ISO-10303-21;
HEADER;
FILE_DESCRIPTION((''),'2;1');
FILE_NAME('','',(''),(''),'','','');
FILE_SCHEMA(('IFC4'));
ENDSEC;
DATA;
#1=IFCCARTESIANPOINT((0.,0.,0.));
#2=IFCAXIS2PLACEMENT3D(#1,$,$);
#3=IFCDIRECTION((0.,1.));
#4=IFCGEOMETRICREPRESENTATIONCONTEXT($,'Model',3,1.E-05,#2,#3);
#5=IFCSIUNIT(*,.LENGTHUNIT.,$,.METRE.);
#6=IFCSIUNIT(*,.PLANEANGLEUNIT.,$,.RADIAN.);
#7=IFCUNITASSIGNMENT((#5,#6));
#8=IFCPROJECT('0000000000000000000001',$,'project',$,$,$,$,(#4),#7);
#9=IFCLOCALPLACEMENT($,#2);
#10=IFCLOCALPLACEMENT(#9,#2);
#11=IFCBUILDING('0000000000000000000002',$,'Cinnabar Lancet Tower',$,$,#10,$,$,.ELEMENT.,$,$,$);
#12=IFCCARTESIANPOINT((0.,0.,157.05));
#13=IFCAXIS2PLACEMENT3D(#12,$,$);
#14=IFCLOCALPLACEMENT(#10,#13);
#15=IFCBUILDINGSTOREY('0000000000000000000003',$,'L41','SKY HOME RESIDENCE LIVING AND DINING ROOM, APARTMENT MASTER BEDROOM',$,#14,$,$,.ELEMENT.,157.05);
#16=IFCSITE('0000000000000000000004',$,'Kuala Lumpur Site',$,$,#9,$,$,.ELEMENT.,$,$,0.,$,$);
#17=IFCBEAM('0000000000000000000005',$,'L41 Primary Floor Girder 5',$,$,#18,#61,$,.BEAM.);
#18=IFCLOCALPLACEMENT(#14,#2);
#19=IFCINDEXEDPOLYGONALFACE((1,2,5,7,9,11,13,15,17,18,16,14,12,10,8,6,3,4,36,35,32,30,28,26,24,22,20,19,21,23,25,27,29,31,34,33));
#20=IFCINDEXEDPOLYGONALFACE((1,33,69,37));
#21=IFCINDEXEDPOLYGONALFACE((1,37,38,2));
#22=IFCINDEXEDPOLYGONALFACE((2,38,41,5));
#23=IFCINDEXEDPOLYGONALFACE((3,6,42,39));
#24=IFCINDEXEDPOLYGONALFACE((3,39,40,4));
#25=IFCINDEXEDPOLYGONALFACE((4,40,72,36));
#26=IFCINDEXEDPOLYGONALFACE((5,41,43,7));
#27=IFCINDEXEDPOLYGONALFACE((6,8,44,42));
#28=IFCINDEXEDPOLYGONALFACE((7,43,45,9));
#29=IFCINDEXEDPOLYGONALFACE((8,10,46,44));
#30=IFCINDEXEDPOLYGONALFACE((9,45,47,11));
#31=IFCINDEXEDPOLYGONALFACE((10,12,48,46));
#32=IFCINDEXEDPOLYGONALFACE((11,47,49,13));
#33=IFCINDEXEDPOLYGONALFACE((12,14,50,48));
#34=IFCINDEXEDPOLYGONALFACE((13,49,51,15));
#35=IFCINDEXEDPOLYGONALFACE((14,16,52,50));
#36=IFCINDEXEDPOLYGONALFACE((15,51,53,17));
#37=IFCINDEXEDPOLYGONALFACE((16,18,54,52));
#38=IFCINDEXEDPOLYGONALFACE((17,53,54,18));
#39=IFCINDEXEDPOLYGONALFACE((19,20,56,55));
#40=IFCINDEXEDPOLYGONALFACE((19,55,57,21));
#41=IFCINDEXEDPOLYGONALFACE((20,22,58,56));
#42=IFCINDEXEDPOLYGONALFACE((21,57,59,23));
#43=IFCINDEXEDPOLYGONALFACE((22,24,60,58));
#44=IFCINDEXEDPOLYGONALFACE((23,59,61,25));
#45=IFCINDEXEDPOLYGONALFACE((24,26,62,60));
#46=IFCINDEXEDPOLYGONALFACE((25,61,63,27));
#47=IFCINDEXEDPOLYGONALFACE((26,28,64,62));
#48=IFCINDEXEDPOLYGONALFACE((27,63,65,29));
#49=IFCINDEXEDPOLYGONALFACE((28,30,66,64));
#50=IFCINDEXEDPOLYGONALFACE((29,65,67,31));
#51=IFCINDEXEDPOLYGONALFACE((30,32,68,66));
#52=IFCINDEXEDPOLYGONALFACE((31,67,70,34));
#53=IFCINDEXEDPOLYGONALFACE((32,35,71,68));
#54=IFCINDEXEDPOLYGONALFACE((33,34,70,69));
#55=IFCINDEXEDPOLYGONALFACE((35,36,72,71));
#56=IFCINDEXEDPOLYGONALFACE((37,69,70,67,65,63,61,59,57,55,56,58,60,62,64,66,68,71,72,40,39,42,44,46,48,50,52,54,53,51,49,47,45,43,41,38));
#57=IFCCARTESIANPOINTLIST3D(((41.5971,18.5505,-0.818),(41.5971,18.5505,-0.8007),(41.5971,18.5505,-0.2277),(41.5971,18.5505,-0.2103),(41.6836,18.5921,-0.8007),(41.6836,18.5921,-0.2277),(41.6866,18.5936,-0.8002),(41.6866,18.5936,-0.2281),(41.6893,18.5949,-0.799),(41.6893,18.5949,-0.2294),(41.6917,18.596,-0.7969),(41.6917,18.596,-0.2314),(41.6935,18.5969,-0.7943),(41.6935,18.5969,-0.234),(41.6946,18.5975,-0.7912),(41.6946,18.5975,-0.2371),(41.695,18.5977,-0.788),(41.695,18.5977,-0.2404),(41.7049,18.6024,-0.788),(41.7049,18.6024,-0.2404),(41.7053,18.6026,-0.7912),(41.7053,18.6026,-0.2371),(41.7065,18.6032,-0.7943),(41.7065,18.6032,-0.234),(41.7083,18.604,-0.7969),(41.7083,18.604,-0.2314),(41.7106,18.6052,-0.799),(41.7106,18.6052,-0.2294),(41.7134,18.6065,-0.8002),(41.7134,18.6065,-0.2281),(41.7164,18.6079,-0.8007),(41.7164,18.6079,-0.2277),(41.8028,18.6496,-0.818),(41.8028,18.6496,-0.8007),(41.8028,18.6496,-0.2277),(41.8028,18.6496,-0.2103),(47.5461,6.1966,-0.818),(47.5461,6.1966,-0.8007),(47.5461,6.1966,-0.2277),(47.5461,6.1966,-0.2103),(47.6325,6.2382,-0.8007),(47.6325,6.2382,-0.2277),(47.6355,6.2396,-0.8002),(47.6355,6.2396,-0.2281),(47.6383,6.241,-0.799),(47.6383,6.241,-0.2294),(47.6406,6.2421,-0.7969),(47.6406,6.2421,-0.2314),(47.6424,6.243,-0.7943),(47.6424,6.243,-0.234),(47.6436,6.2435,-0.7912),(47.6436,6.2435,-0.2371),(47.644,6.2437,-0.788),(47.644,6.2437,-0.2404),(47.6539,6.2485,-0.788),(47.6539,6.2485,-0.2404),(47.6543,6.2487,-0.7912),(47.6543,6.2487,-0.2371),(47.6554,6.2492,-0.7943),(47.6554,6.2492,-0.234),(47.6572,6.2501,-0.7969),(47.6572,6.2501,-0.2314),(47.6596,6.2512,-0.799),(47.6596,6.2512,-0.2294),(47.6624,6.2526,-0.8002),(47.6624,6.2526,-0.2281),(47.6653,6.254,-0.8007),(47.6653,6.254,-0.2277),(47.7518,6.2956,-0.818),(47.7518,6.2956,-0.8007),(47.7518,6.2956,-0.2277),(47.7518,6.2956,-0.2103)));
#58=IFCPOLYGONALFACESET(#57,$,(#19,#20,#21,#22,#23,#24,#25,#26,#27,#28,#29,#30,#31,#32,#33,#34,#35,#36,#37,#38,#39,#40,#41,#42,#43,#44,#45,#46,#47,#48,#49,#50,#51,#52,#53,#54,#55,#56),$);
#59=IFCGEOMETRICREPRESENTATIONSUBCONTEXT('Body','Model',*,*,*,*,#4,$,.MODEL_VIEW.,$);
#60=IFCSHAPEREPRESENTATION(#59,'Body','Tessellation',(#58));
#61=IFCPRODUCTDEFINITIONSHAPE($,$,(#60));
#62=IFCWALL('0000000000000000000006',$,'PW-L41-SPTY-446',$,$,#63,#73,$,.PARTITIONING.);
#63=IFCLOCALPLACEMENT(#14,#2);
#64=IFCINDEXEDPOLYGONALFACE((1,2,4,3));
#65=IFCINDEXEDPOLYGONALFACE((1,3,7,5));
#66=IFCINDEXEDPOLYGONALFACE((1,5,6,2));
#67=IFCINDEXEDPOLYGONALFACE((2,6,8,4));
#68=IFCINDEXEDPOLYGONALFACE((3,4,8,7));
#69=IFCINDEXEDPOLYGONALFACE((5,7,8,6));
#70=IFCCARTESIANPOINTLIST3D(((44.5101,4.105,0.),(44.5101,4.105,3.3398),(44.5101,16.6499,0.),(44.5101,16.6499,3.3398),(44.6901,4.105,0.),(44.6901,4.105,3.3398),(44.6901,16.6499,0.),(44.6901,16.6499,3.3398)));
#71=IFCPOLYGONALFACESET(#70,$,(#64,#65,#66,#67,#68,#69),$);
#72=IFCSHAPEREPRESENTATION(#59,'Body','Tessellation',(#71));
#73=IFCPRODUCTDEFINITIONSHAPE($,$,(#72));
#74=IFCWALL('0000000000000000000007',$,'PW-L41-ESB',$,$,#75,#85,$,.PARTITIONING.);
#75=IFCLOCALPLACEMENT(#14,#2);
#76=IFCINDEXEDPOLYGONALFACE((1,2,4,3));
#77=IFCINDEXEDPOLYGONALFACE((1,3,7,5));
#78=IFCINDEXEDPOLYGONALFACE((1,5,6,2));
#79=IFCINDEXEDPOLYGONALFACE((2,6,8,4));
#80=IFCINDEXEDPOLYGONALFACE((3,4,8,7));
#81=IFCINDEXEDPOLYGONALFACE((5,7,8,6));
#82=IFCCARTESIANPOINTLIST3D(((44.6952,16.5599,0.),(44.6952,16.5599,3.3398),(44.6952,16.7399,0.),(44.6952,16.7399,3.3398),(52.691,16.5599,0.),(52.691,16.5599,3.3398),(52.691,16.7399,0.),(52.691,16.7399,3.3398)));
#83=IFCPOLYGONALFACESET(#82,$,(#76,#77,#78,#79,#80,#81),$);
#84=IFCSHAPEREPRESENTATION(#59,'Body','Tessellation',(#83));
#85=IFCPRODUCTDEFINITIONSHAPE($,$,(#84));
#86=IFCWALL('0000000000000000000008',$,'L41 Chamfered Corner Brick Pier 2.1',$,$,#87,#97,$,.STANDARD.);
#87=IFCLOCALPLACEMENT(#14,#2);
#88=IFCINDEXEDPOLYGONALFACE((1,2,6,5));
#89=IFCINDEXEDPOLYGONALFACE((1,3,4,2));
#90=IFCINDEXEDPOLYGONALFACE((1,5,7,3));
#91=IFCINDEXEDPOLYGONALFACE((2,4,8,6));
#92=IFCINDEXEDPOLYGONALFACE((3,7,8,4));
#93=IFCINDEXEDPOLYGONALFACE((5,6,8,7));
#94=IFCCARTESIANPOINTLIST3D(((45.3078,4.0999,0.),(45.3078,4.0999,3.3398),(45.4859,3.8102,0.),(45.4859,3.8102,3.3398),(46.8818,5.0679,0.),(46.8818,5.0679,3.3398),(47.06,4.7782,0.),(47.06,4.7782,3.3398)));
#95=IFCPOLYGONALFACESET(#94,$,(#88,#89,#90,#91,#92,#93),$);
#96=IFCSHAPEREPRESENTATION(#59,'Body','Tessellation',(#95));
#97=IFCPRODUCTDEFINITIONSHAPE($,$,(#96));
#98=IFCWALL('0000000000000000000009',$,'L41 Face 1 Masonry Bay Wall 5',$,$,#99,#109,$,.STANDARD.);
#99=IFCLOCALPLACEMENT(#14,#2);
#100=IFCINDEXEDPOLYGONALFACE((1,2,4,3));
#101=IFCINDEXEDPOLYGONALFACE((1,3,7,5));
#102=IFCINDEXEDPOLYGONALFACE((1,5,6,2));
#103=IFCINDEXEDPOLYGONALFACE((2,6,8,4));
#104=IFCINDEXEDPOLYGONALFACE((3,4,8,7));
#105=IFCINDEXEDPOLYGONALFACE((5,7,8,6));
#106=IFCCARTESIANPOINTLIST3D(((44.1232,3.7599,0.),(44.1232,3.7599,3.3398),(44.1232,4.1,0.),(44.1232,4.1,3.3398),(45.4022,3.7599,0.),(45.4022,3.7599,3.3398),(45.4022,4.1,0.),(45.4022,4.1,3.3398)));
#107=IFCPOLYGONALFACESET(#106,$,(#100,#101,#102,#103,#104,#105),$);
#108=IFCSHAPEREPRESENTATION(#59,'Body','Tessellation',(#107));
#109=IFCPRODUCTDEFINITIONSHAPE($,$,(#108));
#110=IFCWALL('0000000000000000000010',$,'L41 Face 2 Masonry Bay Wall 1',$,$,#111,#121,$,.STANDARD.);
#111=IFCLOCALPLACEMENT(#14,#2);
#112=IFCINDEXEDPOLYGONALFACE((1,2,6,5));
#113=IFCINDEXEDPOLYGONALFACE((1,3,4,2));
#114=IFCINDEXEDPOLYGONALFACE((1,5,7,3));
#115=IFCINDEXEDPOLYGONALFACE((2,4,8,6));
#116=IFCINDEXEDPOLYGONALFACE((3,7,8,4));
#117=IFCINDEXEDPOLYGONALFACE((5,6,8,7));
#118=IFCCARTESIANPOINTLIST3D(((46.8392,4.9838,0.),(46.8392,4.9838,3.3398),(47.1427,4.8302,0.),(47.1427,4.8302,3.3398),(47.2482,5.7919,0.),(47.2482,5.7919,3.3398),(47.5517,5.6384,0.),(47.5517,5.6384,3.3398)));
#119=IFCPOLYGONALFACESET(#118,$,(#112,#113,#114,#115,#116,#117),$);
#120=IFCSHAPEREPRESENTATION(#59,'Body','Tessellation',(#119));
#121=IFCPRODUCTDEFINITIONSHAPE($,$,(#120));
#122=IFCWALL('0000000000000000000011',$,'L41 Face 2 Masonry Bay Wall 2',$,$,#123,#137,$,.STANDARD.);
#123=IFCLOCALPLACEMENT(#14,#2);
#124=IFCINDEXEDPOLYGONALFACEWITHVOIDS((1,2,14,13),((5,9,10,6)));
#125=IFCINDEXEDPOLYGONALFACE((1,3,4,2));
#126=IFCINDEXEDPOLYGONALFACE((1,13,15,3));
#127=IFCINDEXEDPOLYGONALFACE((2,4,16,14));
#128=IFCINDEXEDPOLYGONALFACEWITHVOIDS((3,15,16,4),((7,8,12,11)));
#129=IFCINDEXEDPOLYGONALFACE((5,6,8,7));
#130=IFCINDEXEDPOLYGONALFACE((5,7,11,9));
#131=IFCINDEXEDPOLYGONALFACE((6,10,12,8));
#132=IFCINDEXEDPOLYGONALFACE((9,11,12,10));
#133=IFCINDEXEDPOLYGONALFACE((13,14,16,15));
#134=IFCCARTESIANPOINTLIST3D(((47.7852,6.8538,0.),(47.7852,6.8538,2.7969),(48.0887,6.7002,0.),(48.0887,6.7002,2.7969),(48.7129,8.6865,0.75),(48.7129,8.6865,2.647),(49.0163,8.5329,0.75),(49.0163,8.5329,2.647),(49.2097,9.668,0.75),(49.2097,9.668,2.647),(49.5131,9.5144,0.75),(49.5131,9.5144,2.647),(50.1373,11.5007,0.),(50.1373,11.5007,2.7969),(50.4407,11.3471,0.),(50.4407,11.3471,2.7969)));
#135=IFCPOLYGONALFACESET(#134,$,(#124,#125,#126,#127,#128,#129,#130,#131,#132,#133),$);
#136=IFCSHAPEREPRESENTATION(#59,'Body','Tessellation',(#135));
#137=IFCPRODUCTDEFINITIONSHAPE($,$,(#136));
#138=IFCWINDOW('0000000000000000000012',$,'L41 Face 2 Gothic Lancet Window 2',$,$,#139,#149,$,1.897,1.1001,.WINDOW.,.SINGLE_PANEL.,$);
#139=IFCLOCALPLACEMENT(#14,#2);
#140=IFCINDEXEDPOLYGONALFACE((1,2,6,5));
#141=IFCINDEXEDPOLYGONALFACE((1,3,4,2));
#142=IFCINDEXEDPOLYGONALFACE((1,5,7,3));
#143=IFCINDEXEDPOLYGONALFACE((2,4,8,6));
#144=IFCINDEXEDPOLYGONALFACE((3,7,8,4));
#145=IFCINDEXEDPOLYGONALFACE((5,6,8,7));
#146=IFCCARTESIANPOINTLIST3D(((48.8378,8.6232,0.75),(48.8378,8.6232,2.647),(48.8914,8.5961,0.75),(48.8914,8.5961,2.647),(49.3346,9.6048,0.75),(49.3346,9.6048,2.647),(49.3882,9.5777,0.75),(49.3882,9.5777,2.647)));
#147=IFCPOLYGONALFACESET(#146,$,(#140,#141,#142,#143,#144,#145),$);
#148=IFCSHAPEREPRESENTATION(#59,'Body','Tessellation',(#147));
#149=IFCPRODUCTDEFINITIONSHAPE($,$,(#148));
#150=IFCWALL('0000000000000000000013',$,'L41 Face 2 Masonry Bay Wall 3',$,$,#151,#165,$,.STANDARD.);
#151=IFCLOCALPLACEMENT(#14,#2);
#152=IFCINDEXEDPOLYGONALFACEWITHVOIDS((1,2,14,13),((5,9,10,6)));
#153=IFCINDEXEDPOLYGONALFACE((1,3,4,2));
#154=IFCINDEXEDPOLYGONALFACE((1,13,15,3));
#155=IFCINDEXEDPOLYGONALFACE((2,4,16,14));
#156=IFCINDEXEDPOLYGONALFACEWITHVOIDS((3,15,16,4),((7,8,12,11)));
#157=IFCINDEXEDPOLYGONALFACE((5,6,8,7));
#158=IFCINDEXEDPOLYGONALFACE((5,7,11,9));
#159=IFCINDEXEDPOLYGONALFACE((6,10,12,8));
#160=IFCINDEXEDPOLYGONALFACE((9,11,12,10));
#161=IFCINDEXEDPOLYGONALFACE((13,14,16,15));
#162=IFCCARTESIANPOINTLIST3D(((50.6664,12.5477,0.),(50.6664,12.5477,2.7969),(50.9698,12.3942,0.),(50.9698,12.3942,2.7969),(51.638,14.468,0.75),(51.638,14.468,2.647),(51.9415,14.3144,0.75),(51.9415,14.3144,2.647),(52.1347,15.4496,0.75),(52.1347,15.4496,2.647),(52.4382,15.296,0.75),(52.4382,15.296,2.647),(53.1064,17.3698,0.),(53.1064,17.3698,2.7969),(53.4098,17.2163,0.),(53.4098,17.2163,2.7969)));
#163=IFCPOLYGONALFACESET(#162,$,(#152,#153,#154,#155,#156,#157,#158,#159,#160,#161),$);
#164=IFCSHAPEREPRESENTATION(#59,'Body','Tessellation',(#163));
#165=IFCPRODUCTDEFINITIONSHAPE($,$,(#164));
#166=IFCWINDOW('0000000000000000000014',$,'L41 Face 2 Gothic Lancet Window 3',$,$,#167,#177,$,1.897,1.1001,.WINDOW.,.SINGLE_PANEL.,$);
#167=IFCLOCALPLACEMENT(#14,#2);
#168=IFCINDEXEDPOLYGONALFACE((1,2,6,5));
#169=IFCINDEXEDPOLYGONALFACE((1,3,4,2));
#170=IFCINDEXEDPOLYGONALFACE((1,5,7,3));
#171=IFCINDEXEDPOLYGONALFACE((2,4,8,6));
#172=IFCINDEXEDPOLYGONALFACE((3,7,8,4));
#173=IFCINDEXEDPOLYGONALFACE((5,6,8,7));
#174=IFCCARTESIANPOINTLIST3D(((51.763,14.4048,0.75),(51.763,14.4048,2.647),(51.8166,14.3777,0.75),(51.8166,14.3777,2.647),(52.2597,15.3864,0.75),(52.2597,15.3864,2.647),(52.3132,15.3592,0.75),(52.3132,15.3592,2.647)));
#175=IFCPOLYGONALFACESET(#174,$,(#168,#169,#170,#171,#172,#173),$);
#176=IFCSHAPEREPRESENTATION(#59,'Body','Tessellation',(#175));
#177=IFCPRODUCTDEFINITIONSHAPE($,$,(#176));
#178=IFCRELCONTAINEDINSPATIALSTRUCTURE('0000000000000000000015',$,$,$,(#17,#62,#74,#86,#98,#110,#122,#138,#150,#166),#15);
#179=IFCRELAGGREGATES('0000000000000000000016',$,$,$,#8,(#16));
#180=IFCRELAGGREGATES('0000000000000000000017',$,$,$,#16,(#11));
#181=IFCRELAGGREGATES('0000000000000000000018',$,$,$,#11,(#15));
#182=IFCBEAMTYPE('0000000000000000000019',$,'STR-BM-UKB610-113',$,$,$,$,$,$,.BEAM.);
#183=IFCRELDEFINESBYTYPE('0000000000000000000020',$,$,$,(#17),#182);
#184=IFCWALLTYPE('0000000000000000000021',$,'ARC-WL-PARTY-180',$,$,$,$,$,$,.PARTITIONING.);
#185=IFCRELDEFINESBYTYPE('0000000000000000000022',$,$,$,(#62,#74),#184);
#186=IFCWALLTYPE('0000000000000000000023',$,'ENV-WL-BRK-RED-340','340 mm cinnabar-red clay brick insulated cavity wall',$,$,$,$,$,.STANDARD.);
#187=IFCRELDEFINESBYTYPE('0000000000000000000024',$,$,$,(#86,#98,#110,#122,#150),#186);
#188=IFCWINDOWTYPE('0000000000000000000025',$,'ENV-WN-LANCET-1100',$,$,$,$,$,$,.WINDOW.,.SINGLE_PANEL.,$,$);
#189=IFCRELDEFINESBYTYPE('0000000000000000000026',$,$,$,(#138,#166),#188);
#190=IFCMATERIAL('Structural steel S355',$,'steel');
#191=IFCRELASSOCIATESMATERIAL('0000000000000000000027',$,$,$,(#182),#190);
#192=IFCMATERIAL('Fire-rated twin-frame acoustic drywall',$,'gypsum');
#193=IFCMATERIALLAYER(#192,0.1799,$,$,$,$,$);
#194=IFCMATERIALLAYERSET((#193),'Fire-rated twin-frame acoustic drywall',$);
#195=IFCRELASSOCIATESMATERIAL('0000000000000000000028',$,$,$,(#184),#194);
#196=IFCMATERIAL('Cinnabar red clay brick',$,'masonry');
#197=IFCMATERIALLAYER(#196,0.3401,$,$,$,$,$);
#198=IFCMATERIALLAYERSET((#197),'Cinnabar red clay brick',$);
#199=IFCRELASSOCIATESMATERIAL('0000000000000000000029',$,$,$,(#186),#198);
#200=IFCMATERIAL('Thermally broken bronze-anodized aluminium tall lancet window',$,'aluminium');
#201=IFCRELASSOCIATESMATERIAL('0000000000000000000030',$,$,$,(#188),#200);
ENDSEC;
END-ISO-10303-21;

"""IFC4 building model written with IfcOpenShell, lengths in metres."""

from ifc_helpers import new_model, si_unit, direction, frame, frame_2d, origin, origin_2d, place, context, subcontext, project, spatial, rectangle, i_section, extrude, material, layer, layer_set, material_profile, profile_set, type_object, element, fill, save


model = new_model("IFC4")

# Units and contexts
model_context = context("Model", 3, precision=1e-05, world=origin(), true_north=direction((0.0, 1.0)))
body_context = subcontext(model_context, "Body", "Model", "MODEL_VIEW")
ifc_project = project(units=[si_unit("LENGTHUNIT", "METRE"), si_unit("PLANEANGLEUNIT", "RADIAN")], contexts=[model_context])

# Site, building, storey
site_placement = place(None, origin())
site = spatial("IfcSite", under=ifc_project, at=site_placement, Name="Kuala Lumpur Site", CompositionType="ELEMENT", RefElevation=0.0)
building_placement = place(site_placement, origin())
building = spatial("IfcBuilding", under=site, at=building_placement, Name="Cinnabar Lancet Tower", CompositionType="ELEMENT")
storey_placement = place(building_placement, frame((0.0, 0.0, 157.05)))
storey = spatial("IfcBuildingStorey", under=building, at=storey_placement, Name="L41", Description="SKY HOME RESIDENCE LIVING AND DINING ROOM, APARTMENT MASTER BEDROOM", CompositionType="ELEMENT", Elevation=157.05)

# Beam
ifc_material_1 = material(Name="Structural steel S355", Category="steel")
ifc_material_profile_1 = material_profile(ifc_material_1, i_section(OverallWidth=0.2283, OverallDepth=0.6077, WebThickness=0.011, FlangeThickness=0.0173, FilletRadius=0.0127, at=origin_2d()), Name="UKB 610x229x113")
ifc_profile_set_1 = profile_set([ifc_material_profile_1], Name="Structural steel S355")
beam_type_1 = type_object("IfcBeamType", Name="STR-BM-UKB610-113", PredefinedType="BEAM", material=ifc_profile_set_1)
beam_1_placement = place(storey_placement, frame((47.6489, 6.2461, -0.5142), z_axis=(-0.43386, 0.90098, 0.0), x_axis=(-0.90098, -0.43386, 0.0)))
element("IfcBeam", 1, at=beam_1_placement, inside=storey, type_object=beam_type_1, Name="L41 Primary Floor Girder 5", PredefinedType="BEAM", context=body_context, shape_type="SweptSolid", body=[
    extrude(i_section(OverallWidth=0.2283, OverallDepth=0.6077, WebThickness=0.011, FlangeThickness=0.0173, FilletRadius=0.0127, at=origin_2d()), origin(), (0.0, 0.0, 1.0), 13.7117),
])

# Walls
ifc_material_2 = material(Name="Fire-rated twin-frame acoustic drywall", Category="gypsum")
ifc_layer_1 = layer(ifc_material_2, 0.1799)
ifc_layer_set_1 = layer_set([ifc_layer_1], Name="Fire-rated twin-frame acoustic drywall")
wall_type_1 = type_object("IfcWallType", Name="ARC-WL-PARTY-180", PredefinedType="PARTITIONING", material=ifc_layer_set_1)
wall_1_placement = place(storey_placement, frame((44.6001, 4.105, 0.0), z_axis=(0.0, 0.0, 1.0), x_axis=(0.0, 1.0, 0.0)))
element("IfcWall", 2, at=wall_1_placement, inside=storey, type_object=wall_type_1, Name="PW-L41-SPTY-446", PredefinedType="PARTITIONING", context=body_context, shape_type="SweptSolid", body=[
    extrude(rectangle(XDim=12.5449, YDim=0.1799, at=frame_2d((6.2725, 0.0))), origin(), (0.0, 0.0, 1.0), 3.3398),
])
wall_2_placement = place(storey_placement, frame((44.6951, 16.6499, 0.0), z_axis=(0.0, 0.0, 1.0), x_axis=(1.0, 0.0, 0.0)))
element("IfcWall", 3, at=wall_2_placement, inside=storey, type_object=wall_type_1, Name="PW-L41-ESB", PredefinedType="PARTITIONING", context=body_context, shape_type="SweptSolid", body=[
    extrude(rectangle(XDim=7.9958, YDim=0.1799, at=frame_2d((3.998, 0.0))), origin(), (0.0, 0.0, 1.0), 3.3398),
])
ifc_material_3 = material(Name="Cinnabar red clay brick", Category="masonry")
ifc_layer_2 = layer(ifc_material_3, 0.3401)
ifc_layer_set_2 = layer_set([ifc_layer_2], Name="Cinnabar red clay brick")
wall_type_2 = type_object("IfcWallType", Name="ENV-WL-BRK-RED-340", Description="340 mm cinnabar-red clay brick insulated cavity wall", PredefinedType="STANDARD", material=ifc_layer_set_2)
wall_3_placement = place(storey_placement, frame((45.397, 3.9551, 0.0), z_axis=(0.0, 0.0, 1.0), x_axis=(0.851799, 0.523869, 0.0)))
element("IfcWall", 4, at=wall_3_placement, inside=storey, type_object=wall_type_2, Name="L41 Chamfered Corner Brick Pier 2.1", PredefinedType="STANDARD", context=body_context, shape_type="SweptSolid", body=[
    extrude(rectangle(XDim=1.8479, YDim=0.3401, at=frame_2d((0.9238, 0.0))), origin(), (0.0, 0.0, 1.0), 3.3398),
])
wall_4_placement = place(storey_placement, frame((44.123, 3.9299, 0.0), z_axis=(0.0, 0.0, 1.0), x_axis=(1.0, 0.0, 0.0)))
element("IfcWall", 5, at=wall_4_placement, inside=storey, type_object=wall_type_2, Name="L41 Face 1 Masonry Bay Wall 5", PredefinedType="STANDARD", context=body_context, shape_type="SweptSolid", body=[
    extrude(rectangle(XDim=1.2791, YDim=0.3401, at=frame_2d((0.6396, 0.0))), origin(), (0.0, 0.0, 1.0), 3.3398),
])
wall_5_placement = place(storey_placement, frame((46.991, 4.907, 0.0), z_axis=(0.0, 0.0, 1.0), x_axis=(0.451521, 0.89226, 0.0)))
element("IfcWall", 6, at=wall_5_placement, inside=storey, type_object=wall_type_2, Name="L41 Face 2 Masonry Bay Wall 1", PredefinedType="STANDARD", context=body_context, shape_type="SweptSolid", body=[
    extrude(rectangle(XDim=0.9058, YDim=0.3401, at=frame_2d((0.4529, 0.0))), origin(), (0.0, 0.0, 1.0), 3.3398),
])

# Walls, openings, windows
wall_6_placement = place(storey_placement, frame((47.937, 6.7771, 0.0), z_axis=(0.0, 0.0, 1.0), x_axis=(0.451596, 0.892223, 0.0)))
wall_6 = element("IfcWall", 7, at=wall_6_placement, inside=storey, type_object=wall_type_2, Name="L41 Face 2 Masonry Bay Wall 2", PredefinedType="STANDARD", context=body_context, shape_type="SweptSolid", body=[
    extrude(rectangle(XDim=5.2083, YDim=0.3401, at=frame_2d((2.604, 0.0))), origin(), (0.0, 0.0, 1.0), 2.7969),
])
opening_1_placement = place(wall_6_placement, frame((2.054, 0.0, 0.75)))
opening_1 = element("IfcOpeningElement", 8, at=opening_1_placement, cuts=wall_6, PredefinedType="OPENING", context=body_context, shape_type="SweptSolid", body=[
    extrude(rectangle(XDim=1.1001, YDim=1.897, at=frame_2d((0.55, 0.9485))), frame((0.0, 0.1799, 0.0), z_axis=(0.0, -1.0, 0.0), x_axis=(1.0, 0.0, 0.0)), (0.0, 0.0, 1.0), 0.3601),
])
ifc_material_4 = material(Name="Thermally broken bronze-anodized aluminium tall lancet window", Category="aluminium")
window_type = type_object("IfcWindowType", Name="ENV-WN-LANCET-1100", PartitioningType="SINGLE_PANEL", PredefinedType="WINDOW", material=ifc_material_4)
window_1_placement = place(opening_1_placement, origin())
window_1 = element("IfcWindow", 9, at=window_1_placement, inside=storey, type_object=window_type, Name="L41 Face 2 Gothic Lancet Window 2", OverallHeight=1.897, OverallWidth=1.1001, PartitioningType="SINGLE_PANEL", PredefinedType="WINDOW", context=body_context, shape_type="SweptSolid", body=[
    extrude(rectangle(XDim=1.1001, YDim=1.897, at=frame_2d((0.55, 0.9485))), frame((0.0, 0.03, 0.0), z_axis=(0.0, -1.0, 0.0), x_axis=(1.0, 0.0, 0.0)), (0.0, 0.0, 1.0), 0.0601),
])
fill(opening_1, window_1)
wall_7_placement = place(storey_placement, frame((50.8181, 12.4709, 0.0), z_axis=(0.0, 0.0, 1.0), x_axis=(0.451491, 0.892276, 0.0)))
wall_7 = element("IfcWall", 10, at=wall_7_placement, inside=storey, type_object=wall_type_2, Name="L41 Face 2 Masonry Bay Wall 3", PredefinedType="STANDARD", context=body_context, shape_type="SweptSolid", body=[
    extrude(rectangle(XDim=5.4043, YDim=0.3401, at=frame_2d((2.7021, 0.0))), origin(), (0.0, 0.0, 1.0), 2.7969),
])
opening_2_placement = place(wall_7_placement, frame((2.1521, 0.0, 0.75)))
opening_2 = element("IfcOpeningElement", 11, at=opening_2_placement, cuts=wall_7, PredefinedType="OPENING", context=body_context, shape_type="SweptSolid", body=[
    extrude(rectangle(XDim=1.1001, YDim=1.897, at=frame_2d((0.55, 0.9485))), frame((0.0, 0.1799, 0.0), z_axis=(0.0, -1.0, 0.0), x_axis=(1.0, 0.0, 0.0)), (0.0, 0.0, 1.0), 0.3601),
])
window_2_placement = place(opening_2_placement, origin())
window_2 = element("IfcWindow", 12, at=window_2_placement, inside=storey, type_object=window_type, Name="L41 Face 2 Gothic Lancet Window 3", OverallHeight=1.897, OverallWidth=1.1001, PartitioningType="SINGLE_PANEL", PredefinedType="WINDOW", context=body_context, shape_type="SweptSolid", body=[
    extrude(rectangle(XDim=1.1001, YDim=1.897, at=frame_2d((0.55, 0.9485))), frame((0.0, 0.03, 0.0), z_axis=(0.0, -1.0, 0.0), x_axis=(1.0, 0.0, 0.0)), (0.0, 0.0, 1.0), 0.0601),
])
fill(opening_2, window_2)

save(model, "model.ifc")
